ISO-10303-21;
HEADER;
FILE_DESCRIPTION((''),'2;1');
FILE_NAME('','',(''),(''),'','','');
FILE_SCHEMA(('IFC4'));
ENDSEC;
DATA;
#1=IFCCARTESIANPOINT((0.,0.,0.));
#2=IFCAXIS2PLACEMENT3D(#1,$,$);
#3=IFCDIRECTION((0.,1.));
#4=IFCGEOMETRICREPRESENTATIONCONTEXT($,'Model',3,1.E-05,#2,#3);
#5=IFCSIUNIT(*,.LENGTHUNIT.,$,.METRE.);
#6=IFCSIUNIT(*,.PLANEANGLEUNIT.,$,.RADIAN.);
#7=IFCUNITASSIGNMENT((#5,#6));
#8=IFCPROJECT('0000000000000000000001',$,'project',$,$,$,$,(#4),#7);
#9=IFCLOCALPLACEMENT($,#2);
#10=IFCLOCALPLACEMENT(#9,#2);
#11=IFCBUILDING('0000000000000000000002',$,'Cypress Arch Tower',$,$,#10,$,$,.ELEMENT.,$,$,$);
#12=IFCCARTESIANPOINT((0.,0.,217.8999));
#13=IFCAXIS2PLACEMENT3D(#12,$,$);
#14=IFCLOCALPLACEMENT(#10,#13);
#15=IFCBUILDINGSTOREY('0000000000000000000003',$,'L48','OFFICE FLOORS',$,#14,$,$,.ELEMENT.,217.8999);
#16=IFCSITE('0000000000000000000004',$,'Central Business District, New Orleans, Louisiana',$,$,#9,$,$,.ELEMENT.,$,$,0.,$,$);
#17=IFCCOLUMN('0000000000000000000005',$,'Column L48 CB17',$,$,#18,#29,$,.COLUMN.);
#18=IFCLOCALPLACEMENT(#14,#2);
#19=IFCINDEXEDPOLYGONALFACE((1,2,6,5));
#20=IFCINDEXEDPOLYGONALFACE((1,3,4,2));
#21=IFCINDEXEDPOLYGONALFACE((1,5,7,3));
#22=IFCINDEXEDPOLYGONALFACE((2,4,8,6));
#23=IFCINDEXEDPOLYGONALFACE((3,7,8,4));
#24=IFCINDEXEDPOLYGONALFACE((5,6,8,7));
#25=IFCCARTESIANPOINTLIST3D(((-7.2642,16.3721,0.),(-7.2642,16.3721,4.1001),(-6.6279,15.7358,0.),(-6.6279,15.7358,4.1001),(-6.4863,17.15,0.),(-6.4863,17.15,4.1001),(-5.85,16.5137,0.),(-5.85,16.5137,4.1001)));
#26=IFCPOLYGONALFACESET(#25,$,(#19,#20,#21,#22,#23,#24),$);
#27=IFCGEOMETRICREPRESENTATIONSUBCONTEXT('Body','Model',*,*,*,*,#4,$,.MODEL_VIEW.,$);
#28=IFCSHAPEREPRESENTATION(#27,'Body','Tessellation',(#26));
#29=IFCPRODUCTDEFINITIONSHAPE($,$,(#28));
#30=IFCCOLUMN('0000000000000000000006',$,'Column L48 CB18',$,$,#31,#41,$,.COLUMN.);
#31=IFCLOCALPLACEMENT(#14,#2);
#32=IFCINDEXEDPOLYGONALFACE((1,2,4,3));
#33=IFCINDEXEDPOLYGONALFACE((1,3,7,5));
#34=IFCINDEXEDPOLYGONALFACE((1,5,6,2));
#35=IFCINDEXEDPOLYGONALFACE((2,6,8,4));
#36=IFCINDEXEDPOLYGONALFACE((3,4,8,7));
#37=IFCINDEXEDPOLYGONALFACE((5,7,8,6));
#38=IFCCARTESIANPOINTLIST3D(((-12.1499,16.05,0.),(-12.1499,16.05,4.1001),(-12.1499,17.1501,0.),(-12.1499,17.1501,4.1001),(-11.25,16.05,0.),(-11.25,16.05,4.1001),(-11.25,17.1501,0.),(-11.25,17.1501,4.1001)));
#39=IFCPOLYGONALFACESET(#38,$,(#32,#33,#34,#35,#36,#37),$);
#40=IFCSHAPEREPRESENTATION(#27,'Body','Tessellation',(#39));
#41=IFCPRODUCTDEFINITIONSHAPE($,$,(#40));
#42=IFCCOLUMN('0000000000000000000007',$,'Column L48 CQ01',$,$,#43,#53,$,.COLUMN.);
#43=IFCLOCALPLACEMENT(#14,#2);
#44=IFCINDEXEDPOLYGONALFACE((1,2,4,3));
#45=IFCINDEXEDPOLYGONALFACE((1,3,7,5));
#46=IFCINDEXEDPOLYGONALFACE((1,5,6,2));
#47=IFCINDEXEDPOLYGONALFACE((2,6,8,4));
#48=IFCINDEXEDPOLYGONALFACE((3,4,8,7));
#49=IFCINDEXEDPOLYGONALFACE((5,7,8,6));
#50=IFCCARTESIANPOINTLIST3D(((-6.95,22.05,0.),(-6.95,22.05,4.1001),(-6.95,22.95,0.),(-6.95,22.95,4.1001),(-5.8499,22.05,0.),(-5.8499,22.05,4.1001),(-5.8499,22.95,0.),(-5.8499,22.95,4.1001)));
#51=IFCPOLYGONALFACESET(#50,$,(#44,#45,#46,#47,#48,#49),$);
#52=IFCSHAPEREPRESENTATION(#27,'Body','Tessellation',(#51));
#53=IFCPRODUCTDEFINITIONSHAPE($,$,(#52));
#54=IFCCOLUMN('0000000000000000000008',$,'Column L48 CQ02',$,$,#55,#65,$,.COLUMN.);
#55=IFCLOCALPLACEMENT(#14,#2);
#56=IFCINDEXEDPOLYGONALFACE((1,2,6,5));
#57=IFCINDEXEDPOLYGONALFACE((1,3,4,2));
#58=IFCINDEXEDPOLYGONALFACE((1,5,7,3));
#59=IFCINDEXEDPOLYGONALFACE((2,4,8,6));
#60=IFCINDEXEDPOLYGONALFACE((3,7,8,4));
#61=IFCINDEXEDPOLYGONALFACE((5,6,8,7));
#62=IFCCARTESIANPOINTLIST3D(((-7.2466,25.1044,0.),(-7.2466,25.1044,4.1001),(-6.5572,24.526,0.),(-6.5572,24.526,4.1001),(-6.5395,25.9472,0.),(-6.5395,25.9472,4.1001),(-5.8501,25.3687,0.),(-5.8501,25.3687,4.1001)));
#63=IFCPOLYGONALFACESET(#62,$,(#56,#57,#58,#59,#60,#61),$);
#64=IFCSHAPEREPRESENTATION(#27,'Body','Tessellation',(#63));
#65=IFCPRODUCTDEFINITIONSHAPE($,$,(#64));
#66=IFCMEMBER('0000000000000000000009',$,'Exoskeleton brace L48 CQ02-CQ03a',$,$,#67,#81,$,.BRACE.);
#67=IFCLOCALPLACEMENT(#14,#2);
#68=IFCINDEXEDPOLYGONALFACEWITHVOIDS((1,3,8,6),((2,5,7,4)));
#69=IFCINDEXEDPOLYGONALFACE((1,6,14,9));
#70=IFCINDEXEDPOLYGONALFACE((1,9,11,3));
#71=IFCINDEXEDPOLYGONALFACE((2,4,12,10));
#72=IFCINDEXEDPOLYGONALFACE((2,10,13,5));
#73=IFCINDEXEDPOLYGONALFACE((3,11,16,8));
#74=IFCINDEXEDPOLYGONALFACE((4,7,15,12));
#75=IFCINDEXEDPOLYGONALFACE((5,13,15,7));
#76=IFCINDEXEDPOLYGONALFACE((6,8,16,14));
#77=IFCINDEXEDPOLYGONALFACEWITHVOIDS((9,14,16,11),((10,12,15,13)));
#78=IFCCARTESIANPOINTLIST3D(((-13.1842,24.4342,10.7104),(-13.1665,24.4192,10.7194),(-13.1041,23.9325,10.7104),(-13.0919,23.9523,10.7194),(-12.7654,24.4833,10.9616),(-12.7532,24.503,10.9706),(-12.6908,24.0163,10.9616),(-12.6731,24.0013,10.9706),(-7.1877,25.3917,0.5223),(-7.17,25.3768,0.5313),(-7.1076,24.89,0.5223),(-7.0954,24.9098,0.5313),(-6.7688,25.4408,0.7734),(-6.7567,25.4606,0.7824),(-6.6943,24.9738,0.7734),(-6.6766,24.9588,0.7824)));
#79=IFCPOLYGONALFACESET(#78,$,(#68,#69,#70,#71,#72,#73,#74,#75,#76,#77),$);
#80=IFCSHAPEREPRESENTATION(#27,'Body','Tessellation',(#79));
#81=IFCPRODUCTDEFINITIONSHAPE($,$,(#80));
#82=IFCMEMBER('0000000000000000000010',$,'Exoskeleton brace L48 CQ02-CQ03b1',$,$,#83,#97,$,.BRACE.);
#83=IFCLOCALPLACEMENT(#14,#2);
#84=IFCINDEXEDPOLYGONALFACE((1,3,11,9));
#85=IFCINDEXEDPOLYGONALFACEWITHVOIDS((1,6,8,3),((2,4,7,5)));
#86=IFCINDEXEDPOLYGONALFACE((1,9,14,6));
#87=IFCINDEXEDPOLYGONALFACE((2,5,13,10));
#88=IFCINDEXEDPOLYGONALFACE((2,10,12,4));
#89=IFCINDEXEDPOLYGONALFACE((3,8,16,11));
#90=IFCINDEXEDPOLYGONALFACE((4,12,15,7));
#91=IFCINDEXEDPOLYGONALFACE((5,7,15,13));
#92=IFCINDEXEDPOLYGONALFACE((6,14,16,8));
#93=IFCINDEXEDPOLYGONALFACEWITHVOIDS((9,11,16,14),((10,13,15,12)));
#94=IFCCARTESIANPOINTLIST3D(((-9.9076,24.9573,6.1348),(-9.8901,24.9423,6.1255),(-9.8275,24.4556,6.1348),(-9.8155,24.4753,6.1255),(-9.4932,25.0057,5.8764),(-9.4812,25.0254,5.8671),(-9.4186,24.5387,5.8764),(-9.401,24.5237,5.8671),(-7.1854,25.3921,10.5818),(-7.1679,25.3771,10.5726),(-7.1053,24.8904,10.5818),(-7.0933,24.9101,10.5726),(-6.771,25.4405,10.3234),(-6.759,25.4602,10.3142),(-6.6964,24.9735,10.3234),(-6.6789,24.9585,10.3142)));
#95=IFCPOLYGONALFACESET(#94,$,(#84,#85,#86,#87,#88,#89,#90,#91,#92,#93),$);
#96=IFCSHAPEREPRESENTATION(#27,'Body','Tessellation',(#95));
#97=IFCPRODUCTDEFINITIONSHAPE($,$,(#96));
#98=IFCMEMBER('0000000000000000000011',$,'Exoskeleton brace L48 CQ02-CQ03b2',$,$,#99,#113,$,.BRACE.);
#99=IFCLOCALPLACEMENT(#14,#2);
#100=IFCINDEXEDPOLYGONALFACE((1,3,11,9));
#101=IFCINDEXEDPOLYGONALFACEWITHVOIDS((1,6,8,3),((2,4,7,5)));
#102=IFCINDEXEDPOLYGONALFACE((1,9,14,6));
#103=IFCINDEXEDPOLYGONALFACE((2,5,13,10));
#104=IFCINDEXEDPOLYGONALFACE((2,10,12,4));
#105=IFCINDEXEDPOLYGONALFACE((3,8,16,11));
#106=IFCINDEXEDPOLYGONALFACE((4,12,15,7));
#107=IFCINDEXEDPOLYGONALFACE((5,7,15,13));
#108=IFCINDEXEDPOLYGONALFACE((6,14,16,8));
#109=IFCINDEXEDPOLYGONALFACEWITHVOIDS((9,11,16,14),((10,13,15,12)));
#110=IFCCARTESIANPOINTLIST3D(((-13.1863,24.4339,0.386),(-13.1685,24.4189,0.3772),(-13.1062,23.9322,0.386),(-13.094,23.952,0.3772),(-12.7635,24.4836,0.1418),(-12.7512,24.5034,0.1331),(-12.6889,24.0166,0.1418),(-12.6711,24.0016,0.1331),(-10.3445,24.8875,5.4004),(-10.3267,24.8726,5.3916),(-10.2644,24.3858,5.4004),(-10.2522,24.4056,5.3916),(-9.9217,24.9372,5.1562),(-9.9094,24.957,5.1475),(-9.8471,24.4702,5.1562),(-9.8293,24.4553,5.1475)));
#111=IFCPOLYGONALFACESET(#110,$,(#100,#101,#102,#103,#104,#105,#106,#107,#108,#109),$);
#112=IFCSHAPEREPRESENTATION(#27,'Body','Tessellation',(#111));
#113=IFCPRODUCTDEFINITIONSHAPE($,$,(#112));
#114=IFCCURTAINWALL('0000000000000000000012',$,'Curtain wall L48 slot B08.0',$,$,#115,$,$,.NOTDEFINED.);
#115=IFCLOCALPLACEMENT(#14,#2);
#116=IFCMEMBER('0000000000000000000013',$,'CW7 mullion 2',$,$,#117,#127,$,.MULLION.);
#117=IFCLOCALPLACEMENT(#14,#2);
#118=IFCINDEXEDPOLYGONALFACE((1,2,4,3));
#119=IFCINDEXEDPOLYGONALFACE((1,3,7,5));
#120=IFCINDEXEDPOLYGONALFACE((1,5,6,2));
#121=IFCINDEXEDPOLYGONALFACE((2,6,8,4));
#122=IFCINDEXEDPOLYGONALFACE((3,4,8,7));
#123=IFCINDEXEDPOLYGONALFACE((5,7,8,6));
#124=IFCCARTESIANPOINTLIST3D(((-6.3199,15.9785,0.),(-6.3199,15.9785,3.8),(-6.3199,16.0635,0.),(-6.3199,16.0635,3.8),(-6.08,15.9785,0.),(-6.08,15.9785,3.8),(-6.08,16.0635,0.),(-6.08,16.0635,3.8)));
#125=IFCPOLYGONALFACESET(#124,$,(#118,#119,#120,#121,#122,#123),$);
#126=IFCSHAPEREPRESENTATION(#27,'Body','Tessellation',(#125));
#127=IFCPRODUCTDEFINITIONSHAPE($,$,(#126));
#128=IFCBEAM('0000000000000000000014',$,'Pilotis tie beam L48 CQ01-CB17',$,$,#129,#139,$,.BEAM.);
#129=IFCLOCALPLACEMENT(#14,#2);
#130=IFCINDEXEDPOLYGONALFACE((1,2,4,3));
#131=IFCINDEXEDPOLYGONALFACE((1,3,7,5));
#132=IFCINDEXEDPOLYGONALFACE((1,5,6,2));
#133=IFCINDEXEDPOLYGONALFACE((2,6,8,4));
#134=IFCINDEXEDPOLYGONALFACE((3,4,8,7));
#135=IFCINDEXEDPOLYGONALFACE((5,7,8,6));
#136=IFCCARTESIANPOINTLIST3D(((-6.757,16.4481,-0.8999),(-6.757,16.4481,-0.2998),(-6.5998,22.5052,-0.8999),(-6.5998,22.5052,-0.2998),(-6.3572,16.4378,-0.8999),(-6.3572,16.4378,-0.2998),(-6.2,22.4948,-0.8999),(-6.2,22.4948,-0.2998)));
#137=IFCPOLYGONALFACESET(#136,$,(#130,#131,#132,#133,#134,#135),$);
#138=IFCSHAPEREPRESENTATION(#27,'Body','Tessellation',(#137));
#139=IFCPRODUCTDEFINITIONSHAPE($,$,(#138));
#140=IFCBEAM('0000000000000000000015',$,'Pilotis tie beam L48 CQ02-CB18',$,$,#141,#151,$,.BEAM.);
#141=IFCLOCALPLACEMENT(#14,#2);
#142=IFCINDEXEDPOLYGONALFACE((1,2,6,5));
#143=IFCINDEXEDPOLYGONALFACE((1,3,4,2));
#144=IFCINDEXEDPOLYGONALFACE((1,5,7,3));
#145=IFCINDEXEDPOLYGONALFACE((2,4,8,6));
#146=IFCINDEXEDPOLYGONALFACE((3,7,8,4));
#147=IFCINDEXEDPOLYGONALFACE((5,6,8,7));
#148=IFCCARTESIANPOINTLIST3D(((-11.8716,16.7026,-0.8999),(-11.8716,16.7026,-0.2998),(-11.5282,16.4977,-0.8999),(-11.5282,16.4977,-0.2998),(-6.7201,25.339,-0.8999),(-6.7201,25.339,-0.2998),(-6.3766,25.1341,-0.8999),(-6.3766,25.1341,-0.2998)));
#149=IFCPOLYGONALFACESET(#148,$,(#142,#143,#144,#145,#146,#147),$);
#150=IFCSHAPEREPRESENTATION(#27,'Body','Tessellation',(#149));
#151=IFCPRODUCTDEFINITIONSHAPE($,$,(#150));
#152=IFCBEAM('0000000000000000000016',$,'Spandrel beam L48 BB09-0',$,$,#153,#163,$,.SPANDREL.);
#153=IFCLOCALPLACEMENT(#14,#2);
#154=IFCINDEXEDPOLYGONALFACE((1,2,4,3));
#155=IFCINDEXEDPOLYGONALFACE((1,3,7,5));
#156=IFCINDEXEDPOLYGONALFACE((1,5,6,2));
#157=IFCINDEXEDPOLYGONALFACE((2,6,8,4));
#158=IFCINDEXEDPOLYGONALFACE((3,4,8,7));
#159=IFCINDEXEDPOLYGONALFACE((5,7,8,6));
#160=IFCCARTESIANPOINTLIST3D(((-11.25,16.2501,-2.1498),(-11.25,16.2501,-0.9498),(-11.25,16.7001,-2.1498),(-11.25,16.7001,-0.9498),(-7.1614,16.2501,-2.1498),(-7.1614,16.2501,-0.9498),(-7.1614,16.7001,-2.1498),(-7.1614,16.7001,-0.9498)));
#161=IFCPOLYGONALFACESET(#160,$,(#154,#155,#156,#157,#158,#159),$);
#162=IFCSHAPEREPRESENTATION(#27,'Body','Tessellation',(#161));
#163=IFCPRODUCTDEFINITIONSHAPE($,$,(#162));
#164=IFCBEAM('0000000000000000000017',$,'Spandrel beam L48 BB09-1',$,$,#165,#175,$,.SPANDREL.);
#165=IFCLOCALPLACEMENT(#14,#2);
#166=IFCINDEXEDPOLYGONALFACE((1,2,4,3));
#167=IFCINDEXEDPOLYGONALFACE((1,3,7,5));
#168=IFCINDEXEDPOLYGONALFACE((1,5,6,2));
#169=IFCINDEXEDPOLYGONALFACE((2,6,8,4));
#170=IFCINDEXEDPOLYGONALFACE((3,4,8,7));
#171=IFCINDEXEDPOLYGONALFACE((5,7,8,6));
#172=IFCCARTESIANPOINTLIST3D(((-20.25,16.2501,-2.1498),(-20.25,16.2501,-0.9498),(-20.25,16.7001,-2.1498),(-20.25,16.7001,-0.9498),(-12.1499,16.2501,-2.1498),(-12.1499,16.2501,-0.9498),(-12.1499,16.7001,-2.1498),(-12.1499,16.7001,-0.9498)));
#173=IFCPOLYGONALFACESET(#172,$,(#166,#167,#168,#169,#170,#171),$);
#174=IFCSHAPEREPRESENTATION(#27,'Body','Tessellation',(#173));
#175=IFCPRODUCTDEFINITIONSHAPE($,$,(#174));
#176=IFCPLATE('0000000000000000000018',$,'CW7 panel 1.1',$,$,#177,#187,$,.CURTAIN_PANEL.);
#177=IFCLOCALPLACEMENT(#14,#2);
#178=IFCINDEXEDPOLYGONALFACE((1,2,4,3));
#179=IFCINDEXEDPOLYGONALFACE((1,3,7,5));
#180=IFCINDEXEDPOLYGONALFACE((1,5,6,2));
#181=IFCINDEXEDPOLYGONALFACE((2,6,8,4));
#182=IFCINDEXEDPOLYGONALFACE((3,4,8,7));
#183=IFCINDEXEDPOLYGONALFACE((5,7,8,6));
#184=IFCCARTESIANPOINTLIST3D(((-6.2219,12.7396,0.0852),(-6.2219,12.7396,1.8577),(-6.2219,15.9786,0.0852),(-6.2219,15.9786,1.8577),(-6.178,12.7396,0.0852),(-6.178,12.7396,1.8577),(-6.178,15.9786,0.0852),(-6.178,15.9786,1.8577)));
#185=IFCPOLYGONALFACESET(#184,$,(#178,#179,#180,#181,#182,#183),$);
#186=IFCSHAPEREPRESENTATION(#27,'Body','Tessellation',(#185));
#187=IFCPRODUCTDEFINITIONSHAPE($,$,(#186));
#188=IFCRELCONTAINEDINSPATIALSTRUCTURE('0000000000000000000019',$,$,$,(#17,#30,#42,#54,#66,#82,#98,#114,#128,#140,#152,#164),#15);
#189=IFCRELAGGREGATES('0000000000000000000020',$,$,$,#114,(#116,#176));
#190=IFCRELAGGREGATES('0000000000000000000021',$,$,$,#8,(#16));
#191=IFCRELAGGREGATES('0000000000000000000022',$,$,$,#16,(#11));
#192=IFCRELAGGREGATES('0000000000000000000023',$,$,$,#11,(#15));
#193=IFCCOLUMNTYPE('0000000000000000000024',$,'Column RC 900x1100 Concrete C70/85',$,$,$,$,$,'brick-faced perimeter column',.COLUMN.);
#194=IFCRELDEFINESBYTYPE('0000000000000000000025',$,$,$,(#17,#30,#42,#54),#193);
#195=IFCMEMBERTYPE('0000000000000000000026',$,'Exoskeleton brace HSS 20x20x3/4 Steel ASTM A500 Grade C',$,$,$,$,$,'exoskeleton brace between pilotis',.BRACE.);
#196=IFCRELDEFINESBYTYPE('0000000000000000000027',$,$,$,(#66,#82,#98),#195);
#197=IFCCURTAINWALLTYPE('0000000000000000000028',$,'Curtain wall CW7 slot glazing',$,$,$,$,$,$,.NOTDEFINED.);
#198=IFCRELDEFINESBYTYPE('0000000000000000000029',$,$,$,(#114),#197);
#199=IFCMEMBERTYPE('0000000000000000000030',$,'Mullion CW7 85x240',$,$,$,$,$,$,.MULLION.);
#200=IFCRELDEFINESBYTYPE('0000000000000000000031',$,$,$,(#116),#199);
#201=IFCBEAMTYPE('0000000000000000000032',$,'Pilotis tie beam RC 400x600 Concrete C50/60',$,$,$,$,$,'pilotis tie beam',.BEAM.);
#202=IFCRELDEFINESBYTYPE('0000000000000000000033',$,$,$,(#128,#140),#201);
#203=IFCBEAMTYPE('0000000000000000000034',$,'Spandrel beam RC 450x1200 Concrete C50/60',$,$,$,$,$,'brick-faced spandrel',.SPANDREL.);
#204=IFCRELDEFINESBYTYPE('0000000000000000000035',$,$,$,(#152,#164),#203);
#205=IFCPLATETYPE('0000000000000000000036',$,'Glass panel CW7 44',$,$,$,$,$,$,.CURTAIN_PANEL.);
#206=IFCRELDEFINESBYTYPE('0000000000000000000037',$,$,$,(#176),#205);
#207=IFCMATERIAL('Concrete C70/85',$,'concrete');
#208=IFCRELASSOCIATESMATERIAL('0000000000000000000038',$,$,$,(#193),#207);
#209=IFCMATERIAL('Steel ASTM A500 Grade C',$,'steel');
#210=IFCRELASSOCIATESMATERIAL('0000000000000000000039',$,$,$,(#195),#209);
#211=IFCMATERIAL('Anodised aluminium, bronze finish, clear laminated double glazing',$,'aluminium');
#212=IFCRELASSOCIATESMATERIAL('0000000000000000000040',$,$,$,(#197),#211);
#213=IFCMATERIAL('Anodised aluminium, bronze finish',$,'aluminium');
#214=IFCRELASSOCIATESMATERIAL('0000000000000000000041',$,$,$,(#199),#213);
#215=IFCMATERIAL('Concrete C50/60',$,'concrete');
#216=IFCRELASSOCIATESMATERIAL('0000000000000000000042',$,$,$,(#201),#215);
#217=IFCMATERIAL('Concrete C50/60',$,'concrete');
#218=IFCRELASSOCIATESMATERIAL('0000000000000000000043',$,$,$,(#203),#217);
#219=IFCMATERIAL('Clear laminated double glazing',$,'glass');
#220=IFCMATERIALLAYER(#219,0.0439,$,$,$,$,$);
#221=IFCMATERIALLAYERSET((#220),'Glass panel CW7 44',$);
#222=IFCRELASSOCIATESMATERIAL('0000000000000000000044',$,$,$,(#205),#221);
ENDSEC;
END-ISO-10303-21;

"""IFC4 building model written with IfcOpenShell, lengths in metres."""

from ifc_helpers import new_model, si_unit, direction, frame, origin, origin_2d, place, context, subcontext, project, spatial, rectangle, hollow_rectangle, extrude, material, layer, layer_set, material_profile, profile_set, type_object, element, aggregate, save


model = new_model("IFC4")

# Units and contexts
model_context = context("Model", 3, precision=1e-05, world=origin(), true_north=direction((0.0, 1.0)))
body_context = subcontext(model_context, "Body", "Model", "MODEL_VIEW")
ifc_project = project(units=[si_unit("LENGTHUNIT", "METRE"), si_unit("PLANEANGLEUNIT", "RADIAN")], contexts=[model_context])

# Site, building, storey
site_placement = place(None, origin())
site = spatial("IfcSite", under=ifc_project, at=site_placement, Name="Central Business District, New Orleans, Louisiana", CompositionType="ELEMENT", RefElevation=0.0)
building_placement = place(site_placement, origin())
building = spatial("IfcBuilding", under=site, at=building_placement, Name="Cypress Arch Tower", CompositionType="ELEMENT")
storey_placement = place(building_placement, frame((0.0, 0.0, 217.8999)))
storey = spatial("IfcBuildingStorey", under=building, at=storey_placement, Name="L48", Description="OFFICE FLOORS", CompositionType="ELEMENT", Elevation=217.8999)

# Columns
ifc_material_1 = material(Name="Concrete C70/85", Category="concrete")
ifc_material_profile_1 = material_profile(ifc_material_1, rectangle(XDim=0.8999, YDim=1.1001, at=origin_2d()), Name="RC 900x1100")
ifc_profile_set_1 = profile_set([ifc_material_profile_1], Name="Concrete C70/85")
column_type = type_object("IfcColumnType", Name="Column RC 900x1100 Concrete C70/85", ElementType="brick-faced perimeter column", PredefinedType="COLUMN", material=ifc_profile_set_1)
for number, where, z_axis, x_axis, name in (
    (1, (-6.5571, 16.4429, 0.0), (0.0, 0.0, 1.0), (-0.707107, 0.707107, 0.0), "Column L48 CB17"),
    (2, (-11.7, 16.6001, 0.0), (0.0, 0.0, 1.0), (-1.0, 0.0, 0.0), "Column L48 CB18"),
    (3, (-6.3999, 22.5, 0.0), (0.0, 0.0, 1.0), (0.0, 1.0, 0.0), "Column L48 CQ01"),
    (4, (-6.5483, 25.2366, 0.0), (0.0, 0.0, 1.0), (-0.766064, 0.642765, 0.0), "Column L48 CQ02"),
):
    element("IfcColumn", number, at=place(storey_placement, frame(where, z_axis=z_axis, x_axis=x_axis)), inside=storey, type_object=column_type, Name=name, PredefinedType="COLUMN", context=body_context, shape_type="SweptSolid", body=[
        extrude(rectangle(XDim=0.8999, YDim=1.1001, at=origin_2d()), origin(), (0.0, 0.0, 1.0), 4.1001),
    ])

# Members
ifc_material_2 = material(Name="Steel ASTM A500 Grade C", Category="steel")
ifc_material_profile_2 = material_profile(ifc_material_2, hollow_rectangle(XDim=0.5081, YDim=0.5081, WallThickness=0.0176, at=origin_2d()), Name="HSS 20x20x3/4")
ifc_profile_set_2 = profile_set([ifc_material_profile_2], Name="Steel ASTM A500 Grade C")
member_type_1 = type_object("IfcMemberType", Name="Exoskeleton brace HSS 20x20x3/4 Steel ASTM A500 Grade C", ElementType="exoskeleton brace between pilotis", PredefinedType="BRACE", material=ifc_profile_set_2)
member_1_placement = place(storey_placement, frame((-6.9321, 25.1753, 0.6523), z_axis=(-0.505585, -0.080731, 0.858992), x_axis=(0.15768, -0.98749, 0.0)))
element("IfcMember", 5, at=member_1_placement, inside=storey, type_object=member_type_1, Name="Exoskeleton brace L48 CQ02-CQ03a", PredefinedType="BRACE", context=body_context, shape_type="SweptSolid", body=[
    extrude(hollow_rectangle(XDim=0.5081, YDim=0.5081, WallThickness=0.0176, at=origin_2d()), origin(), (0.0, 0.0, 1.0), 11.8606),
])
member_2_placement = place(storey_placement, frame((-6.9321, 25.1753, 10.448), z_axis=(-0.520278, -0.083105, -0.849944), x_axis=(0.157731, -0.987482, 0.0)))
element("IfcMember", 6, at=member_2_placement, inside=storey, type_object=member_type_1, Name="Exoskeleton brace L48 CQ02-CQ03b1", PredefinedType="BRACE", context=body_context, shape_type="SweptSolid", body=[
    extrude(hollow_rectangle(XDim=0.5081, YDim=0.5081, WallThickness=0.0176, at=origin_2d()), origin(), (0.0, 0.0, 1.0), 5.2322),
])
member_3_placement = place(storey_placement, frame((-12.9287, 24.2178, 0.2595), z_axis=(0.491532, 0.078459, 0.867318), x_axis=(-0.157627, 0.987499, 0.0)))
element("IfcMember", 7, at=member_3_placement, inside=storey, type_object=member_type_1, Name="Exoskeleton brace L48 CQ02-CQ03b2", PredefinedType="BRACE", context=body_context, shape_type="SweptSolid", body=[
    extrude(hollow_rectangle(XDim=0.5081, YDim=0.5081, WallThickness=0.0176, at=origin_2d()), origin(), (0.0, 0.0, 1.0), 5.7815),
])

# Curtain wall, member
ifc_material_3 = material(Name="Anodised aluminium, bronze finish, clear laminated double glazing", Category="aluminium")
curtain_wall_type = type_object("IfcCurtainWallType", Name="Curtain wall CW7 slot glazing", PredefinedType="NOTDEFINED", material=ifc_material_3)
curtain_wall_placement = place(storey_placement, origin())
curtain_wall = element("IfcCurtainWall", 8, at=curtain_wall_placement, inside=storey, type_object=curtain_wall_type, Name="Curtain wall L48 slot B08.0", PredefinedType="NOTDEFINED")
ifc_material_4 = material(Name="Anodised aluminium, bronze finish", Category="aluminium")
ifc_material_profile_3 = material_profile(ifc_material_4, rectangle(XDim=0.24, YDim=0.085, at=origin_2d()), Name="Mullion 85x240")
ifc_profile_set_3 = profile_set([ifc_material_profile_3], Name="Anodised aluminium, bronze finish")
member_type_2 = type_object("IfcMemberType", Name="Mullion CW7 85x240", PredefinedType="MULLION", material=ifc_profile_set_3)
member_4_placement = place(storey_placement, frame((-6.2, 16.021, 0.0), z_axis=(0.0, 0.0, 1.0), x_axis=(-1.0, 0.0, 0.0)))
member_4 = element("IfcMember", 9, at=member_4_placement, type_object=member_type_2, Name="CW7 mullion 2", PredefinedType="MULLION", context=body_context, shape_type="SweptSolid", body=[
    extrude(rectangle(XDim=0.24, YDim=0.085, at=origin_2d()), origin(), (0.0, 0.0, 1.0), 3.8),
])

# Beams
ifc_material_5 = material(Name="Concrete C50/60", Category="concrete")
ifc_material_profile_4 = material_profile(ifc_material_5, rectangle(XDim=0.3999, YDim=0.6001, at=origin_2d()), Name="RC 400x600")
ifc_profile_set_4 = profile_set([ifc_material_profile_4], Name="Concrete C50/60")
beam_type_1 = type_object("IfcBeamType", Name="Pilotis tie beam RC 400x600 Concrete C50/60", ElementType="pilotis tie beam", PredefinedType="BEAM", material=ifc_profile_set_4)
beam_1_placement = place(storey_placement, frame((-6.3999, 22.5, -0.5999), z_axis=(-0.025949, -0.999663, 0.0), x_axis=(0.999663, -0.025949, 0.0)))
element("IfcBeam", 10, at=beam_1_placement, inside=storey, type_object=beam_type_1, Name="Pilotis tie beam L48 CQ01-CB17", PredefinedType="BEAM", context=body_context, shape_type="SweptSolid", body=[
    extrude(rectangle(XDim=0.3999, YDim=0.6001, at=origin_2d()), origin(), (0.0, 0.0, 1.0), 6.0591),
])
beam_2_placement = place(storey_placement, frame((-6.5483, 25.2366, -0.5999), z_axis=(-0.512281, -0.858818, 0.0), x_axis=(0.858818, -0.512281, 0.0)))
element("IfcBeam", 11, at=beam_2_placement, inside=storey, type_object=beam_type_1, Name="Pilotis tie beam L48 CQ02-CB18", PredefinedType="BEAM", context=body_context, shape_type="SweptSolid", body=[
    extrude(rectangle(XDim=0.3999, YDim=0.6001, at=origin_2d()), origin(), (0.0, 0.0, 1.0), 10.0562),
])
ifc_material_6 = material(Name="Concrete C50/60", Category="concrete")
ifc_material_profile_5 = material_profile(ifc_material_6, rectangle(XDim=0.45, YDim=1.2, at=origin_2d()), Name="RC 450x1200")
ifc_profile_set_5 = profile_set([ifc_material_profile_5], Name="Concrete C50/60")
beam_type_2 = type_object("IfcBeamType", Name="Spandrel beam RC 450x1200 Concrete C50/60", ElementType="brick-faced spandrel", PredefinedType="SPANDREL", material=ifc_profile_set_5)
beam_3_placement = place(storey_placement, frame((-7.1614, 16.4751, -1.5498), z_axis=(-1.0, 0.0, 0.0), x_axis=(0.0, -1.0, 0.0)))
element("IfcBeam", 12, at=beam_3_placement, inside=storey, type_object=beam_type_2, Name="Spandrel beam L48 BB09-0", PredefinedType="SPANDREL", context=body_context, shape_type="SweptSolid", body=[
    extrude(rectangle(XDim=0.45, YDim=1.2, at=origin_2d()), origin(), (0.0, 0.0, 1.0), 4.0886),
])
beam_4_placement = place(storey_placement, frame((-12.1499, 16.4751, -1.5498), z_axis=(-1.0, 0.0, 0.0), x_axis=(0.0, -1.0, 0.0)))
element("IfcBeam", 13, at=beam_4_placement, inside=storey, type_object=beam_type_2, Name="Spandrel beam L48 BB09-1", PredefinedType="SPANDREL", context=body_context, shape_type="SweptSolid", body=[
    extrude(rectangle(XDim=0.45, YDim=1.2, at=origin_2d()), origin(), (0.0, 0.0, 1.0), 8.1001),
])

# Plate
ifc_material_7 = material(Name="Clear laminated double glazing", Category="glass")
ifc_layer_1 = layer(ifc_material_7, 0.0439)
ifc_layer_set_1 = layer_set([ifc_layer_1], Name="Glass panel CW7 44")
plate_type = type_object("IfcPlateType", Name="Glass panel CW7 44", PredefinedType="CURTAIN_PANEL", material=ifc_layer_set_1)
plate_1_placement = place(storey_placement, frame((-6.2, 14.3591, 0.0852), z_axis=(0.0, 0.0, 1.0), x_axis=(0.0, 1.0, 0.0)))
plate_1 = element("IfcPlate", 14, at=plate_1_placement, type_object=plate_type, Name="CW7 panel 1.1", PredefinedType="CURTAIN_PANEL", context=body_context, shape_type="SweptSolid", body=[
    extrude(rectangle(XDim=3.239, YDim=0.0439, at=origin_2d()), origin(), (0.0, 0.0, 1.0), 1.7725),
])
aggregate(curtain_wall, [member_4, plate_1])

save(model, "model.ifc")
